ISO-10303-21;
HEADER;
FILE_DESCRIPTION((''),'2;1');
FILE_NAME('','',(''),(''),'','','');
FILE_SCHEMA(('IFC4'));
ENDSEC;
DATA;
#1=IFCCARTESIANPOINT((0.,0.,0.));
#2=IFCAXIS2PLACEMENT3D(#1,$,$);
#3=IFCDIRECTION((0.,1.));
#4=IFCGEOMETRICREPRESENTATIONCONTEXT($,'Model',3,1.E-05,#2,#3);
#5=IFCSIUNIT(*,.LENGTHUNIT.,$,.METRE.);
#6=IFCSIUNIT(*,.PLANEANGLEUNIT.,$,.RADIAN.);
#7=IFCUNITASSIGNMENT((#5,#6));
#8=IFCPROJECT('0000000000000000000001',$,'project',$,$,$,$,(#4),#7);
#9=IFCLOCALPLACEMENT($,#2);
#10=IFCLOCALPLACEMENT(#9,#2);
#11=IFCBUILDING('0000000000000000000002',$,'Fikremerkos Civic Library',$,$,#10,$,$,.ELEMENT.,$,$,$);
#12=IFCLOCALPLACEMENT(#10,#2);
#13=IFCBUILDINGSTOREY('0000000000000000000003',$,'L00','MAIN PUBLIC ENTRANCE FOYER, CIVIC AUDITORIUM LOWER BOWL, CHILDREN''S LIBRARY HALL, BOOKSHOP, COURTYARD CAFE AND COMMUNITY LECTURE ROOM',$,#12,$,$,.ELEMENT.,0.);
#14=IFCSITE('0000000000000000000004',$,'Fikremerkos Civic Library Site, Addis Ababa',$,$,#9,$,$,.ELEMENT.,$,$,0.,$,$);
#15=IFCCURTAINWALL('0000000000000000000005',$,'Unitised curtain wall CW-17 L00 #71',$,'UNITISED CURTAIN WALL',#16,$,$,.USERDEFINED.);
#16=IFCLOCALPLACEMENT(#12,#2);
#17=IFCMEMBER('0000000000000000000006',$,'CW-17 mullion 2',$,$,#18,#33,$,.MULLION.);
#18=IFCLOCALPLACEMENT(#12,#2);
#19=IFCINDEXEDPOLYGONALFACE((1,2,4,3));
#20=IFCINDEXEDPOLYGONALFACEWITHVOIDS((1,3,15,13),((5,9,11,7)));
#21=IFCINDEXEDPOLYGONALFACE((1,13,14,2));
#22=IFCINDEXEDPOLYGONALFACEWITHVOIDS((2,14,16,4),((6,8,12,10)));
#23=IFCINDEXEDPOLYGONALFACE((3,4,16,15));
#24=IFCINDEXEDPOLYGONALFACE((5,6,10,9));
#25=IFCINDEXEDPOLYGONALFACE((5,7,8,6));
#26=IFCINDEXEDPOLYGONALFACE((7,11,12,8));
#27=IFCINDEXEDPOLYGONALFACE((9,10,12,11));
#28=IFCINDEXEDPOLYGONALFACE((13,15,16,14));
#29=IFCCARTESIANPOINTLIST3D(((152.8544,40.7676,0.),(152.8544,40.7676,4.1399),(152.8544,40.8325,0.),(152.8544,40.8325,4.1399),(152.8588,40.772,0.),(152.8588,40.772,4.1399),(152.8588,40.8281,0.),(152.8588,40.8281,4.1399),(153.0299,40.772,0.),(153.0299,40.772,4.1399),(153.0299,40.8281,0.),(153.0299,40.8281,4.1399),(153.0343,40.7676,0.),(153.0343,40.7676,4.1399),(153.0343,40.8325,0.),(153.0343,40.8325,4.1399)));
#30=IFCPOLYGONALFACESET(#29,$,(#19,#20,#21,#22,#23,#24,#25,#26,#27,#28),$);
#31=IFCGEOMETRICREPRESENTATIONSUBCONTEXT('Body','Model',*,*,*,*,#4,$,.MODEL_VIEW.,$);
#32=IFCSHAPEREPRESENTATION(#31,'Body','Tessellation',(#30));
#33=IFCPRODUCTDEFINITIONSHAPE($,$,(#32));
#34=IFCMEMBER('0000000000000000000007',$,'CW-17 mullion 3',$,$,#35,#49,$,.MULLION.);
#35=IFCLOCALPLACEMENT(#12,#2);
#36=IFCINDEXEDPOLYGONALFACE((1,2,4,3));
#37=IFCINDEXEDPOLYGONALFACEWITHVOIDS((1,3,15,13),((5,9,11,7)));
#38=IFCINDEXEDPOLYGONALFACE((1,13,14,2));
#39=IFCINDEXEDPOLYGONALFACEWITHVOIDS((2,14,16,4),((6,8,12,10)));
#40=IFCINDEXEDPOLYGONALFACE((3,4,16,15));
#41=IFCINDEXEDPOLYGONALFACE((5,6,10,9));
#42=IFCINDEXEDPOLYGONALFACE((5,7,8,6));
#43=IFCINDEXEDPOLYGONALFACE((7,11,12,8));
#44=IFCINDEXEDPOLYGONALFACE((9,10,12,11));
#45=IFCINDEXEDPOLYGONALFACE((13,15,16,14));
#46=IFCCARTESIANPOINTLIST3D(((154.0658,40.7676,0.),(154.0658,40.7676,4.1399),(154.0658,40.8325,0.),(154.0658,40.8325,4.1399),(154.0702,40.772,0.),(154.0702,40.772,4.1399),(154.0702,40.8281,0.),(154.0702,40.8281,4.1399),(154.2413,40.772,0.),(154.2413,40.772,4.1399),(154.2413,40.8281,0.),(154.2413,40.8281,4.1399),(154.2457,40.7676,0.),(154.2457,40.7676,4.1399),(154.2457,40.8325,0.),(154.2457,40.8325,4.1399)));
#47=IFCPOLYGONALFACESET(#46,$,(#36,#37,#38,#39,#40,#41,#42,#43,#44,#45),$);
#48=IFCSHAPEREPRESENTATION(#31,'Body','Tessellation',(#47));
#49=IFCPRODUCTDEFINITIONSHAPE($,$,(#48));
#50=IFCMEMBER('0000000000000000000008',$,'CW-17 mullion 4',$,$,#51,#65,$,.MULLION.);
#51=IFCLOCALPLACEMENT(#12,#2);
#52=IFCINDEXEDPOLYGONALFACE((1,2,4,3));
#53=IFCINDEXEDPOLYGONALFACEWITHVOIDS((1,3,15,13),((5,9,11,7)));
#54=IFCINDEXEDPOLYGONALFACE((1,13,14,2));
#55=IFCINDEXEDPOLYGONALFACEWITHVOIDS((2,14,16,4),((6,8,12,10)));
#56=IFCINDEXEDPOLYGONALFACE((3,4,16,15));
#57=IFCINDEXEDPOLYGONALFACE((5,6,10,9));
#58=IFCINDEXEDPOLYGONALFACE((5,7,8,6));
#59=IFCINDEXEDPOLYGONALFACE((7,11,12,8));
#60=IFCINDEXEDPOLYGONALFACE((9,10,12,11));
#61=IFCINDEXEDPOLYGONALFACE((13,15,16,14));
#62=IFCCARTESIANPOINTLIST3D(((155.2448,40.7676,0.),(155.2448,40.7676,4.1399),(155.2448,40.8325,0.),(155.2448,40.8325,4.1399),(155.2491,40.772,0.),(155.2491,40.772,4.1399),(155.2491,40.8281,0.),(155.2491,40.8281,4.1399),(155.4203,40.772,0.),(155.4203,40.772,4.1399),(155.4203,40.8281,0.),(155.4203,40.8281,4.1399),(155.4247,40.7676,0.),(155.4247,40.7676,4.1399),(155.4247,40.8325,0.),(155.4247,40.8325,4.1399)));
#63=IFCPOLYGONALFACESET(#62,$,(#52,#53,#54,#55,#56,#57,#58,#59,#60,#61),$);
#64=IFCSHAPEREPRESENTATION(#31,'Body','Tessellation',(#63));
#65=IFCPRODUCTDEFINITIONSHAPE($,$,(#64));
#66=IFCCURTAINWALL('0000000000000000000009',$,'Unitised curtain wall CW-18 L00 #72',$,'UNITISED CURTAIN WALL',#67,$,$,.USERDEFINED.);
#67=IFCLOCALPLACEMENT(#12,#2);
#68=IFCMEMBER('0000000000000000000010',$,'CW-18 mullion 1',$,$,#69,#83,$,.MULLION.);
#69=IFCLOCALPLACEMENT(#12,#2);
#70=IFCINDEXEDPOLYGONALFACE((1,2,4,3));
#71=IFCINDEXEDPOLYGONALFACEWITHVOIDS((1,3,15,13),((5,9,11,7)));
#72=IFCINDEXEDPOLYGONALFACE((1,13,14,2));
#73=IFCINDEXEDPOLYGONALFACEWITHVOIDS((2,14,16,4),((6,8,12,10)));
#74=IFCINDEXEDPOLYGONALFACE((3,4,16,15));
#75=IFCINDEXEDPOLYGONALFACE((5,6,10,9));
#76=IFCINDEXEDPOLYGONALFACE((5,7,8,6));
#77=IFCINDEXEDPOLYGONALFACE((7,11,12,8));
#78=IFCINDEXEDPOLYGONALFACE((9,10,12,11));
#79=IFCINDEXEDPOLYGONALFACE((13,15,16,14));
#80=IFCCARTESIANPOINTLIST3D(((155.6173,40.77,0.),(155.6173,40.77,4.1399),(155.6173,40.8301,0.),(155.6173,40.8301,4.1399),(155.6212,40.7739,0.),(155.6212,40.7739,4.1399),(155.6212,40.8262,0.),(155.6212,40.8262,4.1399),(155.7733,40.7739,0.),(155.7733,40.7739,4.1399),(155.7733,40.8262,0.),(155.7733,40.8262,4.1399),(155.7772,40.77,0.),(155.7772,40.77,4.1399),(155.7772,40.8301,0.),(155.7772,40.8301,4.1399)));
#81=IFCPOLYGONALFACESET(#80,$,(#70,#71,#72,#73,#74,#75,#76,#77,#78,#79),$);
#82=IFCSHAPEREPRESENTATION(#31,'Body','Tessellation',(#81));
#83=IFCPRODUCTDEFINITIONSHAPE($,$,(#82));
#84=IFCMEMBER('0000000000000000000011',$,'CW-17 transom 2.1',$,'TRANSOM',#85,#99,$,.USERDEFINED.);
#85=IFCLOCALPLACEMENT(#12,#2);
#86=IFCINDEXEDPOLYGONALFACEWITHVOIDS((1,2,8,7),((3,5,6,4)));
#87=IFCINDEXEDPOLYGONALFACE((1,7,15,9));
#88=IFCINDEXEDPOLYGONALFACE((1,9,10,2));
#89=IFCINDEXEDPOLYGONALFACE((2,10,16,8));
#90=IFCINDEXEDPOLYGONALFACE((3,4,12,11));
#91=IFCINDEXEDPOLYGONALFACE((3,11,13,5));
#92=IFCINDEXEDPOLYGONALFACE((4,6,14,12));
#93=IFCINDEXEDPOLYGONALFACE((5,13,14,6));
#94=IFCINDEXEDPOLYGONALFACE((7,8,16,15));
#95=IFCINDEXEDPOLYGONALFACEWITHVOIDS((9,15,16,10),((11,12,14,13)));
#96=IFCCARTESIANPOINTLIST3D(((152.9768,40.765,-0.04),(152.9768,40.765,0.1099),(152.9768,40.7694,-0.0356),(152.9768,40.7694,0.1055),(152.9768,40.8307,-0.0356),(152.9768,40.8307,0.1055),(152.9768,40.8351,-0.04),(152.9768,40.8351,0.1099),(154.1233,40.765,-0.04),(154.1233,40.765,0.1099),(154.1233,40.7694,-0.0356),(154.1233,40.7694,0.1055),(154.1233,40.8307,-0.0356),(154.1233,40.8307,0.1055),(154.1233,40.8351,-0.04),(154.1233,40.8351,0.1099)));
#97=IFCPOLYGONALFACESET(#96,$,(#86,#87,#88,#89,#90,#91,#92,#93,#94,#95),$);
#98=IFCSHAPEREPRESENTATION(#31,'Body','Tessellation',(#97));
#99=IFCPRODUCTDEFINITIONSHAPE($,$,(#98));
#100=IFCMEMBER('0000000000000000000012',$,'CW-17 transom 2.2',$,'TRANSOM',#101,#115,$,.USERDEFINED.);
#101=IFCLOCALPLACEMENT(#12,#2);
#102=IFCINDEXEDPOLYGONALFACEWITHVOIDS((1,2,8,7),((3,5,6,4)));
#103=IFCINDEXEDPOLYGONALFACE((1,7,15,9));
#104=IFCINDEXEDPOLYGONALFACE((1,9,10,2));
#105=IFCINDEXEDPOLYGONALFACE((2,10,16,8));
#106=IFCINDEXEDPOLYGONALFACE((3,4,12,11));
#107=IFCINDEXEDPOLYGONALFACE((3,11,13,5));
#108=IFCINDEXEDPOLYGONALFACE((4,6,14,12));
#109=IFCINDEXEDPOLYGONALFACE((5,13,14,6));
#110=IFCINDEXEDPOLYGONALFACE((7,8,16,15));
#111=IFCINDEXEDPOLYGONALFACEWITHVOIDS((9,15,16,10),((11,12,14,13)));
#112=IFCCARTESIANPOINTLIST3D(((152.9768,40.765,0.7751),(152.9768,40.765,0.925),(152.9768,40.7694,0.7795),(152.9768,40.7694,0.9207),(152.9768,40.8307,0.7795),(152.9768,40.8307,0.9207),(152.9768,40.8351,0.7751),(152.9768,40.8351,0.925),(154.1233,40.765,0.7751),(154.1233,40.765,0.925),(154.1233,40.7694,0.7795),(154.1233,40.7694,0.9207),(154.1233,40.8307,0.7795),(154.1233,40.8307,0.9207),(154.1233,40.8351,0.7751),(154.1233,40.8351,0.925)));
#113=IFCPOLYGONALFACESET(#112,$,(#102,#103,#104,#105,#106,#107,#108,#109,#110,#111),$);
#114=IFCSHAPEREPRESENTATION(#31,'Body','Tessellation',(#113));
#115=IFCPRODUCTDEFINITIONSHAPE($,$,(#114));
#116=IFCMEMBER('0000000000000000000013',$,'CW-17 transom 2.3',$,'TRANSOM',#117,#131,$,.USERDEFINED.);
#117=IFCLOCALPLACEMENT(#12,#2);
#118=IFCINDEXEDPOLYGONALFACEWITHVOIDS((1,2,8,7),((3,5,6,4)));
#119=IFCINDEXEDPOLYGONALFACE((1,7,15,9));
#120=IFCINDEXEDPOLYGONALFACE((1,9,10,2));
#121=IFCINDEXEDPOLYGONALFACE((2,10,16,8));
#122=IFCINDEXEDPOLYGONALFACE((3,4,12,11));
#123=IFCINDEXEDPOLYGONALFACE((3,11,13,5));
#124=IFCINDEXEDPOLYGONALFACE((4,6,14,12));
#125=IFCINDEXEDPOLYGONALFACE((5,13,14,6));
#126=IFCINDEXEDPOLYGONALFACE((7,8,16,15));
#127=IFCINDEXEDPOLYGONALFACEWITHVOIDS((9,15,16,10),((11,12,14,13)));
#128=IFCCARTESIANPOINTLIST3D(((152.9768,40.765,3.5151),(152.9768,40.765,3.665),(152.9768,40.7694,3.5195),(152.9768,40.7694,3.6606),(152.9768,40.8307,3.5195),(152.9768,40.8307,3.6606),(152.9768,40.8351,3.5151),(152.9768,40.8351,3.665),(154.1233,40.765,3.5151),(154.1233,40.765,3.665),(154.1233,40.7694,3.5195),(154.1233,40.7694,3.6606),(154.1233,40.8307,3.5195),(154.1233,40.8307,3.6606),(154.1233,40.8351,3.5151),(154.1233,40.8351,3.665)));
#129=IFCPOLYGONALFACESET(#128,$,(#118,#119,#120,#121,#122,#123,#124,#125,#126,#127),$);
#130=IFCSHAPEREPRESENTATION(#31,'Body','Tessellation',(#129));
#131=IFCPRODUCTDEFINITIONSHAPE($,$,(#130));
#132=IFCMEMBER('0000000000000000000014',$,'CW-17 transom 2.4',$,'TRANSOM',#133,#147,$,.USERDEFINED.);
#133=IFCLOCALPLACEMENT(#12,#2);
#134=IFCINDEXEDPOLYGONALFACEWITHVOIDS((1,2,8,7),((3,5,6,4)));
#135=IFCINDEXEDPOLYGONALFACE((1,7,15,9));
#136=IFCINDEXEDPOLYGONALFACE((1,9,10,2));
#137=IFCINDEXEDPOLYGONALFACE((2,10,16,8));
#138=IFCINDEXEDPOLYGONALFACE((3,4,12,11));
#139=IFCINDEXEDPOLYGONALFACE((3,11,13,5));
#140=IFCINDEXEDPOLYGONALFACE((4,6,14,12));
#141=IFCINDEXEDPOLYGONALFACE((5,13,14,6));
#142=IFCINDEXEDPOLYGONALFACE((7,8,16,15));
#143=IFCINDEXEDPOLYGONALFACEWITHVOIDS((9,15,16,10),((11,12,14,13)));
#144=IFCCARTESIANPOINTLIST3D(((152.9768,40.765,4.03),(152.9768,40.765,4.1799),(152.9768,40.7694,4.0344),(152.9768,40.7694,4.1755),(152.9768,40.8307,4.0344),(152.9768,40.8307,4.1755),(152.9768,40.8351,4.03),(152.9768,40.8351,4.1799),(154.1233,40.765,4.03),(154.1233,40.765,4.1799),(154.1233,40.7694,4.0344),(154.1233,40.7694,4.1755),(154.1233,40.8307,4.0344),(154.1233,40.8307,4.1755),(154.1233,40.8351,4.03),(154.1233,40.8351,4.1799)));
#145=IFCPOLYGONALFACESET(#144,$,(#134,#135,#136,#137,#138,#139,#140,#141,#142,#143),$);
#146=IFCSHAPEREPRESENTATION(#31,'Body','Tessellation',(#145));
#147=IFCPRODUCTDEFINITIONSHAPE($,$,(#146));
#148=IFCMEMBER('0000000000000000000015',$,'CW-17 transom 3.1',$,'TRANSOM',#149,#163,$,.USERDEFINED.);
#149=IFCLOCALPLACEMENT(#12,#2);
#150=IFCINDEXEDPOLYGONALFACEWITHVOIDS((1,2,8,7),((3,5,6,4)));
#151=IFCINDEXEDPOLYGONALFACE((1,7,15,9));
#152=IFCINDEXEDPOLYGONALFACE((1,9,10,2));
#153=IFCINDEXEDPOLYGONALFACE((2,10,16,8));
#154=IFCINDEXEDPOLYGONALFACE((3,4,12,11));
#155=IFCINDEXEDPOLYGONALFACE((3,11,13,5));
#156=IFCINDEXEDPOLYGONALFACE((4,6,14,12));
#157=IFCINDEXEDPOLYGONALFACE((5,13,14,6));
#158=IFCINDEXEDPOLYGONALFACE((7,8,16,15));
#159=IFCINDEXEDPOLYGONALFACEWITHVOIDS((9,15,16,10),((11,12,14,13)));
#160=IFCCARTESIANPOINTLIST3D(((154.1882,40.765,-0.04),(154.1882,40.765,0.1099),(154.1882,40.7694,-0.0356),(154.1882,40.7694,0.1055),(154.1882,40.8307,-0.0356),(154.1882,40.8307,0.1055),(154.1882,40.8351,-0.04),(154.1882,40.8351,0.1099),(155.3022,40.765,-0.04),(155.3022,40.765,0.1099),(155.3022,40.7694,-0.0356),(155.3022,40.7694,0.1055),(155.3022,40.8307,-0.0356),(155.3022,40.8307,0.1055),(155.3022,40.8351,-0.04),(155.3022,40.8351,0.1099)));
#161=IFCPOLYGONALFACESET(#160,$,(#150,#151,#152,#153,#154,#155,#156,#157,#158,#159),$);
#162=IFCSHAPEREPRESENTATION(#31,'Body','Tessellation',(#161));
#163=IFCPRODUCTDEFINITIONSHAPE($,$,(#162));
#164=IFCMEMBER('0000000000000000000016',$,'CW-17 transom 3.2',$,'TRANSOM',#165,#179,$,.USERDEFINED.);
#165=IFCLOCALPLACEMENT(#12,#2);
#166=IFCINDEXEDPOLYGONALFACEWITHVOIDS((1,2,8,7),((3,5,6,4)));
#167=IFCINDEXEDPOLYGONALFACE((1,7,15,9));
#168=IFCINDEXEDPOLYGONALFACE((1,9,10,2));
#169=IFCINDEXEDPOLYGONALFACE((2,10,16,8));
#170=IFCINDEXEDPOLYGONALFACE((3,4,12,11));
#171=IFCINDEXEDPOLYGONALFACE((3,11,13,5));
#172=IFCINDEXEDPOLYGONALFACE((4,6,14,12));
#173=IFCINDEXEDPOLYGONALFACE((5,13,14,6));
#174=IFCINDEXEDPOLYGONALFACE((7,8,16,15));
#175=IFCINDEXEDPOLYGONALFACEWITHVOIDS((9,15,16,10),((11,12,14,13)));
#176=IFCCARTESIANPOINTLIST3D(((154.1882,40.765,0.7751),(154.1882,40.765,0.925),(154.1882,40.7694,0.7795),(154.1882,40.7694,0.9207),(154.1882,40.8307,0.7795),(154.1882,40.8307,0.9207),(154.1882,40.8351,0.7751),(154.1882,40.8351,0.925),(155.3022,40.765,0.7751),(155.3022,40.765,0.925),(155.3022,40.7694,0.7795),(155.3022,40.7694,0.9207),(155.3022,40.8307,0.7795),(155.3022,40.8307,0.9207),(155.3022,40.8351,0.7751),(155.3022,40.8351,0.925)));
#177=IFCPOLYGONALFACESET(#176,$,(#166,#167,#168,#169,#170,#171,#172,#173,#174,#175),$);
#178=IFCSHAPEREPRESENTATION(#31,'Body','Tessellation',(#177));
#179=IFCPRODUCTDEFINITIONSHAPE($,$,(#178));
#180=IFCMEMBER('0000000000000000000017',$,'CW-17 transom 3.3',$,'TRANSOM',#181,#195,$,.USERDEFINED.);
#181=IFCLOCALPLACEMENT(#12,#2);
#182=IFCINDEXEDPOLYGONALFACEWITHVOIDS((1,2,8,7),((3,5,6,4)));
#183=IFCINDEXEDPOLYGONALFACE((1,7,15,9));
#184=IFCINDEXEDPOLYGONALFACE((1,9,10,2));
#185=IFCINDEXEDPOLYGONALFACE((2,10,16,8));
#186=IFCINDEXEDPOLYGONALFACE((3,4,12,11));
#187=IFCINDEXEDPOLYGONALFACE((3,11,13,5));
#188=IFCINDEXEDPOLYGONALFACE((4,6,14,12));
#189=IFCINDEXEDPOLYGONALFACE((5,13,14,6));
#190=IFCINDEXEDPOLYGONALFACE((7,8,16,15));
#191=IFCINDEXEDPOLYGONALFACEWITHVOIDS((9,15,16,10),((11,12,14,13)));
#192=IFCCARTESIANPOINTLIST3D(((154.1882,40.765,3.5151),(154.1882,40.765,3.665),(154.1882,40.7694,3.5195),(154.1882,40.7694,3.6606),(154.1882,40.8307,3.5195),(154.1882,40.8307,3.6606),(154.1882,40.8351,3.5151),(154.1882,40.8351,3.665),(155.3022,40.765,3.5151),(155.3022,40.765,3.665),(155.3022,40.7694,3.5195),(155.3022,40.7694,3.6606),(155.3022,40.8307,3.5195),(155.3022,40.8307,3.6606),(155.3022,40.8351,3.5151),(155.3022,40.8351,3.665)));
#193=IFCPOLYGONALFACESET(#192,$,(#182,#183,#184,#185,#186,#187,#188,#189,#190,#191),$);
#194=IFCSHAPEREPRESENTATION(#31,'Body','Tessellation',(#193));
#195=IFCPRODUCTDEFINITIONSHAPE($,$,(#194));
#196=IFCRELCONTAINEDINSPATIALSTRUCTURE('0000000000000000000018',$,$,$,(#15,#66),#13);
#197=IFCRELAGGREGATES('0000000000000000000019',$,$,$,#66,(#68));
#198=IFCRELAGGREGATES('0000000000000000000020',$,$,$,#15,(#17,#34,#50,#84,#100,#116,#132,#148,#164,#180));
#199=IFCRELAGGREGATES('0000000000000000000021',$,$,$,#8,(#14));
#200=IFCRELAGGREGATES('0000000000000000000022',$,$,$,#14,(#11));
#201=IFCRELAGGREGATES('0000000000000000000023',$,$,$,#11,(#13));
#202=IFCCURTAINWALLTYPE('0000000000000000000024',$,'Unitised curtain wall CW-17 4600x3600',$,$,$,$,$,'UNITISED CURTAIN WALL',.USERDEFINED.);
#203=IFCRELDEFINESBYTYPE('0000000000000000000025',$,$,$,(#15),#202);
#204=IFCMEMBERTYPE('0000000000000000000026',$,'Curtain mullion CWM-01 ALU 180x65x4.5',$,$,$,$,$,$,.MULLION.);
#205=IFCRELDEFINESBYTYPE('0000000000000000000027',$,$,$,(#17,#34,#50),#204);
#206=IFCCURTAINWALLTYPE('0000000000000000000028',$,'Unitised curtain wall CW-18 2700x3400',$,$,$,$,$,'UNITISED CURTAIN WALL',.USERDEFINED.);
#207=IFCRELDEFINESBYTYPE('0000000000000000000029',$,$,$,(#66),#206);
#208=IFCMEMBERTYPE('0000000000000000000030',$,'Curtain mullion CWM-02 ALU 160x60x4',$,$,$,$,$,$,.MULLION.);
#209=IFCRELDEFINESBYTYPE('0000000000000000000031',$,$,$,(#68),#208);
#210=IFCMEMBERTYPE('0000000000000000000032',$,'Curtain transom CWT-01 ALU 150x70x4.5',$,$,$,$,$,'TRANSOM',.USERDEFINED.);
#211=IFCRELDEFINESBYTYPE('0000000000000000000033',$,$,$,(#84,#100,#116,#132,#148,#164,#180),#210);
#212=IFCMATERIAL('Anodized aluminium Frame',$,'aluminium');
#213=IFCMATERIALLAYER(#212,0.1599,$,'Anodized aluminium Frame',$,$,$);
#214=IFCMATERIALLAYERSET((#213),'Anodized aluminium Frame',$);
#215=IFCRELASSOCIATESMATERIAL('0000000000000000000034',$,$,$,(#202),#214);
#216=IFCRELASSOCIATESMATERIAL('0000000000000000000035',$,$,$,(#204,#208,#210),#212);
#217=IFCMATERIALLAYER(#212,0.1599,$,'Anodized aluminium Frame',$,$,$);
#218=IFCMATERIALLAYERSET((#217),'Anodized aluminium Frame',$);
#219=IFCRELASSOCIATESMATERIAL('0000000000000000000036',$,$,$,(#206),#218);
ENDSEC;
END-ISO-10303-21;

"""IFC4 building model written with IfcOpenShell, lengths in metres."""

from ifc_helpers import new_model, si_unit, direction, frame, origin, origin_2d, place, context, subcontext, project, spatial, hollow_rectangle, extrude, material, layer, layer_set, material_profile, profile_set, type_object, element, aggregate, save


model = new_model("IFC4")

# Units and contexts
model_context = context("Model", 3, precision=1e-05, world=origin(), true_north=direction((0.0, 1.0)))
body_context = subcontext(model_context, "Body", "Model", "MODEL_VIEW")
ifc_project = project(units=[si_unit("LENGTHUNIT", "METRE"), si_unit("PLANEANGLEUNIT", "RADIAN")], contexts=[model_context])

# Site, building, storey
site_placement = place(None, origin())
site = spatial("IfcSite", under=ifc_project, at=site_placement, Name="Fikremerkos Civic Library Site, Addis Ababa", CompositionType="ELEMENT", RefElevation=0.0)
building_placement = place(site_placement, origin())
building = spatial("IfcBuilding", under=site, at=building_placement, Name="Fikremerkos Civic Library", CompositionType="ELEMENT")
storey_placement = place(building_placement, origin())
storey = spatial("IfcBuildingStorey", under=building, at=storey_placement, Name="L00", Description="MAIN PUBLIC ENTRANCE FOYER, CIVIC AUDITORIUM LOWER BOWL, CHILDREN'S LIBRARY HALL, BOOKSHOP, COURTYARD CAFE AND COMMUNITY LECTURE ROOM", CompositionType="ELEMENT", Elevation=0.0)

# Curtain wall, members
ifc_material_1 = material(Name="Anodized aluminium Frame", Category="aluminium")
ifc_layer_1 = layer(ifc_material_1, 0.1599, Name="Anodized aluminium Frame")
ifc_layer_set_1 = layer_set([ifc_layer_1], Name="Anodized aluminium Frame")
curtain_wall_type_1 = type_object("IfcCurtainWallType", Name="Unitised curtain wall CW-17 4600x3600", ElementType="UNITISED CURTAIN WALL", PredefinedType="USERDEFINED", material=ifc_layer_set_1)
curtain_wall_1_placement = place(storey_placement, origin())
curtain_wall_1 = element("IfcCurtainWall", 1, at=curtain_wall_1_placement, inside=storey, type_object=curtain_wall_type_1, Name="Unitised curtain wall CW-17 L00 #71", ObjectType="UNITISED CURTAIN WALL", PredefinedType="USERDEFINED")
ifc_material_profile_1 = material_profile(ifc_material_1, hollow_rectangle(XDim=0.0649, YDim=0.1799, WallThickness=0.0044, at=origin_2d()), Name="ALU 180x65x4.5")
ifc_profile_set_1 = profile_set([ifc_material_profile_1], Name="Anodized aluminium Frame")
member_type_1 = type_object("IfcMemberType", Name="Curtain mullion CWM-01 ALU 180x65x4.5", PredefinedType="MULLION", material=ifc_profile_set_1)
member_1_placement = place(storey_placement, frame((152.9443, 40.8, 0.0), z_axis=(0.0, 0.0, 1.0), x_axis=(0.0, 1.0, 0.0)))
member_1 = element("IfcMember", 2, at=member_1_placement, type_object=member_type_1, Name="CW-17 mullion 2", PredefinedType="MULLION", context=body_context, shape_type="SweptSolid", body=[
    extrude(hollow_rectangle(XDim=0.0649, YDim=0.1799, WallThickness=0.0044, at=origin_2d()), origin(), (0.0, 0.0, 1.0), 4.1399),
])
member_2_placement = place(storey_placement, frame((154.1558, 40.8, 0.0), z_axis=(0.0, 0.0, 1.0), x_axis=(0.0, 1.0, 0.0)))
member_2 = element("IfcMember", 3, at=member_2_placement, type_object=member_type_1, Name="CW-17 mullion 3", PredefinedType="MULLION", context=body_context, shape_type="SweptSolid", body=[
    extrude(hollow_rectangle(XDim=0.0649, YDim=0.1799, WallThickness=0.0044, at=origin_2d()), origin(), (0.0, 0.0, 1.0), 4.1399),
])
member_3_placement = place(storey_placement, frame((155.3347, 40.8, 0.0), z_axis=(0.0, 0.0, 1.0), x_axis=(0.0, 1.0, 0.0)))
member_3 = element("IfcMember", 4, at=member_3_placement, type_object=member_type_1, Name="CW-17 mullion 4", PredefinedType="MULLION", context=body_context, shape_type="SweptSolid", body=[
    extrude(hollow_rectangle(XDim=0.0649, YDim=0.1799, WallThickness=0.0044, at=origin_2d()), origin(), (0.0, 0.0, 1.0), 4.1399),
])

# Curtain wall, member
ifc_layer_2 = layer(ifc_material_1, 0.1599, Name="Anodized aluminium Frame")
ifc_layer_set_2 = layer_set([ifc_layer_2], Name="Anodized aluminium Frame")
curtain_wall_type_2 = type_object("IfcCurtainWallType", Name="Unitised curtain wall CW-18 2700x3400", ElementType="UNITISED CURTAIN WALL", PredefinedType="USERDEFINED", material=ifc_layer_set_2)
curtain_wall_2_placement = place(storey_placement, origin())
curtain_wall_2 = element("IfcCurtainWall", 5, at=curtain_wall_2_placement, inside=storey, type_object=curtain_wall_type_2, Name="Unitised curtain wall CW-18 L00 #72", ObjectType="UNITISED CURTAIN WALL", PredefinedType="USERDEFINED")
ifc_material_profile_2 = material_profile(ifc_material_1, hollow_rectangle(XDim=0.0601, YDim=0.1599, WallThickness=0.0039, at=origin_2d()), Name="ALU 160x60x4")
ifc_profile_set_2 = profile_set([ifc_material_profile_2], Name="Anodized aluminium Frame")
member_type_2 = type_object("IfcMemberType", Name="Curtain mullion CWM-02 ALU 160x60x4", PredefinedType="MULLION", material=ifc_profile_set_2)
member_4_placement = place(storey_placement, frame((155.6973, 40.8, 0.0), z_axis=(0.0, 0.0, 1.0), x_axis=(0.0, 1.0, 0.0)))
member_4 = element("IfcMember", 6, at=member_4_placement, type_object=member_type_2, Name="CW-18 mullion 1", PredefinedType="MULLION", context=body_context, shape_type="SweptSolid", body=[
    extrude(hollow_rectangle(XDim=0.0601, YDim=0.1599, WallThickness=0.0039, at=origin_2d()), origin(), (0.0, 0.0, 1.0), 4.1399),
])

# Members
ifc_material_profile_3 = material_profile(ifc_material_1, hollow_rectangle(XDim=0.0701, YDim=0.1499, WallThickness=0.0044, at=origin_2d()), Name="ALU 150x70x4.5")
ifc_profile_set_3 = profile_set([ifc_material_profile_3], Name="Anodized aluminium Frame")
member_type_3 = type_object("IfcMemberType", Name="Curtain transom CWT-01 ALU 150x70x4.5", ElementType="TRANSOM", PredefinedType="USERDEFINED", material=ifc_profile_set_3)
member_5_placement = place(storey_placement, frame((152.9768, 40.8, 0.0349), z_axis=(1.0, 0.0, 0.0), x_axis=(0.0, 1.0, 0.0)))
member_5 = element("IfcMember", 7, at=member_5_placement, type_object=member_type_3, Name="CW-17 transom 2.1", ObjectType="TRANSOM", PredefinedType="USERDEFINED", context=body_context, shape_type="SweptSolid", body=[
    extrude(hollow_rectangle(XDim=0.0701, YDim=0.1499, WallThickness=0.0044, at=origin_2d()), origin(), (0.0, 0.0, 1.0), 1.1465),
])
member_6_placement = place(storey_placement, frame((152.9768, 40.8, 0.8501), z_axis=(1.0, 0.0, 0.0), x_axis=(0.0, 1.0, 0.0)))
member_6 = element("IfcMember", 8, at=member_6_placement, type_object=member_type_3, Name="CW-17 transom 2.2", ObjectType="TRANSOM", PredefinedType="USERDEFINED", context=body_context, shape_type="SweptSolid", body=[
    extrude(hollow_rectangle(XDim=0.0701, YDim=0.1499, WallThickness=0.0044, at=origin_2d()), origin(), (0.0, 0.0, 1.0), 1.1465),
])
member_7_placement = place(storey_placement, frame((152.9768, 40.8, 3.5901), z_axis=(1.0, 0.0, 0.0), x_axis=(0.0, 1.0, 0.0)))
member_7 = element("IfcMember", 9, at=member_7_placement, type_object=member_type_3, Name="CW-17 transom 2.3", ObjectType="TRANSOM", PredefinedType="USERDEFINED", context=body_context, shape_type="SweptSolid", body=[
    extrude(hollow_rectangle(XDim=0.0701, YDim=0.1499, WallThickness=0.0044, at=origin_2d()), origin(), (0.0, 0.0, 1.0), 1.1465),
])
member_8_placement = place(storey_placement, frame((152.9768, 40.8, 4.105), z_axis=(1.0, 0.0, 0.0), x_axis=(0.0, 1.0, 0.0)))
member_8 = element("IfcMember", 10, at=member_8_placement, type_object=member_type_3, Name="CW-17 transom 2.4", ObjectType="TRANSOM", PredefinedType="USERDEFINED", context=body_context, shape_type="SweptSolid", body=[
    extrude(hollow_rectangle(XDim=0.0701, YDim=0.1499, WallThickness=0.0044, at=origin_2d()), origin(), (0.0, 0.0, 1.0), 1.1465),
])
member_9_placement = place(storey_placement, frame((154.1882, 40.8, 0.0349), z_axis=(1.0, 0.0, 0.0), x_axis=(0.0, 1.0, 0.0)))
member_9 = element("IfcMember", 11, at=member_9_placement, type_object=member_type_3, Name="CW-17 transom 3.1", ObjectType="TRANSOM", PredefinedType="USERDEFINED", context=body_context, shape_type="SweptSolid", body=[
    extrude(hollow_rectangle(XDim=0.0701, YDim=0.1499, WallThickness=0.0044, at=origin_2d()), origin(), (0.0, 0.0, 1.0), 1.114),
])
member_10_placement = place(storey_placement, frame((154.1882, 40.8, 0.8501), z_axis=(1.0, 0.0, 0.0), x_axis=(0.0, 1.0, 0.0)))
member_10 = element("IfcMember", 12, at=member_10_placement, type_object=member_type_3, Name="CW-17 transom 3.2", ObjectType="TRANSOM", PredefinedType="USERDEFINED", context=body_context, shape_type="SweptSolid", body=[
    extrude(hollow_rectangle(XDim=0.0701, YDim=0.1499, WallThickness=0.0044, at=origin_2d()), origin(), (0.0, 0.0, 1.0), 1.114),
])
member_11_placement = place(storey_placement, frame((154.1882, 40.8, 3.5901), z_axis=(1.0, 0.0, 0.0), x_axis=(0.0, 1.0, 0.0)))
member_11 = element("IfcMember", 13, at=member_11_placement, type_object=member_type_3, Name="CW-17 transom 3.3", ObjectType="TRANSOM", PredefinedType="USERDEFINED", context=body_context, shape_type="SweptSolid", body=[
    extrude(hollow_rectangle(XDim=0.0701, YDim=0.1499, WallThickness=0.0044, at=origin_2d()), origin(), (0.0, 0.0, 1.0), 1.114),
])
aggregate(curtain_wall_2, [member_4])

aggregate(curtain_wall_1, [member_1, member_2, member_3, member_5, member_6, member_7, member_8, member_9, member_10, member_11])

save(model, "model.ifc")
